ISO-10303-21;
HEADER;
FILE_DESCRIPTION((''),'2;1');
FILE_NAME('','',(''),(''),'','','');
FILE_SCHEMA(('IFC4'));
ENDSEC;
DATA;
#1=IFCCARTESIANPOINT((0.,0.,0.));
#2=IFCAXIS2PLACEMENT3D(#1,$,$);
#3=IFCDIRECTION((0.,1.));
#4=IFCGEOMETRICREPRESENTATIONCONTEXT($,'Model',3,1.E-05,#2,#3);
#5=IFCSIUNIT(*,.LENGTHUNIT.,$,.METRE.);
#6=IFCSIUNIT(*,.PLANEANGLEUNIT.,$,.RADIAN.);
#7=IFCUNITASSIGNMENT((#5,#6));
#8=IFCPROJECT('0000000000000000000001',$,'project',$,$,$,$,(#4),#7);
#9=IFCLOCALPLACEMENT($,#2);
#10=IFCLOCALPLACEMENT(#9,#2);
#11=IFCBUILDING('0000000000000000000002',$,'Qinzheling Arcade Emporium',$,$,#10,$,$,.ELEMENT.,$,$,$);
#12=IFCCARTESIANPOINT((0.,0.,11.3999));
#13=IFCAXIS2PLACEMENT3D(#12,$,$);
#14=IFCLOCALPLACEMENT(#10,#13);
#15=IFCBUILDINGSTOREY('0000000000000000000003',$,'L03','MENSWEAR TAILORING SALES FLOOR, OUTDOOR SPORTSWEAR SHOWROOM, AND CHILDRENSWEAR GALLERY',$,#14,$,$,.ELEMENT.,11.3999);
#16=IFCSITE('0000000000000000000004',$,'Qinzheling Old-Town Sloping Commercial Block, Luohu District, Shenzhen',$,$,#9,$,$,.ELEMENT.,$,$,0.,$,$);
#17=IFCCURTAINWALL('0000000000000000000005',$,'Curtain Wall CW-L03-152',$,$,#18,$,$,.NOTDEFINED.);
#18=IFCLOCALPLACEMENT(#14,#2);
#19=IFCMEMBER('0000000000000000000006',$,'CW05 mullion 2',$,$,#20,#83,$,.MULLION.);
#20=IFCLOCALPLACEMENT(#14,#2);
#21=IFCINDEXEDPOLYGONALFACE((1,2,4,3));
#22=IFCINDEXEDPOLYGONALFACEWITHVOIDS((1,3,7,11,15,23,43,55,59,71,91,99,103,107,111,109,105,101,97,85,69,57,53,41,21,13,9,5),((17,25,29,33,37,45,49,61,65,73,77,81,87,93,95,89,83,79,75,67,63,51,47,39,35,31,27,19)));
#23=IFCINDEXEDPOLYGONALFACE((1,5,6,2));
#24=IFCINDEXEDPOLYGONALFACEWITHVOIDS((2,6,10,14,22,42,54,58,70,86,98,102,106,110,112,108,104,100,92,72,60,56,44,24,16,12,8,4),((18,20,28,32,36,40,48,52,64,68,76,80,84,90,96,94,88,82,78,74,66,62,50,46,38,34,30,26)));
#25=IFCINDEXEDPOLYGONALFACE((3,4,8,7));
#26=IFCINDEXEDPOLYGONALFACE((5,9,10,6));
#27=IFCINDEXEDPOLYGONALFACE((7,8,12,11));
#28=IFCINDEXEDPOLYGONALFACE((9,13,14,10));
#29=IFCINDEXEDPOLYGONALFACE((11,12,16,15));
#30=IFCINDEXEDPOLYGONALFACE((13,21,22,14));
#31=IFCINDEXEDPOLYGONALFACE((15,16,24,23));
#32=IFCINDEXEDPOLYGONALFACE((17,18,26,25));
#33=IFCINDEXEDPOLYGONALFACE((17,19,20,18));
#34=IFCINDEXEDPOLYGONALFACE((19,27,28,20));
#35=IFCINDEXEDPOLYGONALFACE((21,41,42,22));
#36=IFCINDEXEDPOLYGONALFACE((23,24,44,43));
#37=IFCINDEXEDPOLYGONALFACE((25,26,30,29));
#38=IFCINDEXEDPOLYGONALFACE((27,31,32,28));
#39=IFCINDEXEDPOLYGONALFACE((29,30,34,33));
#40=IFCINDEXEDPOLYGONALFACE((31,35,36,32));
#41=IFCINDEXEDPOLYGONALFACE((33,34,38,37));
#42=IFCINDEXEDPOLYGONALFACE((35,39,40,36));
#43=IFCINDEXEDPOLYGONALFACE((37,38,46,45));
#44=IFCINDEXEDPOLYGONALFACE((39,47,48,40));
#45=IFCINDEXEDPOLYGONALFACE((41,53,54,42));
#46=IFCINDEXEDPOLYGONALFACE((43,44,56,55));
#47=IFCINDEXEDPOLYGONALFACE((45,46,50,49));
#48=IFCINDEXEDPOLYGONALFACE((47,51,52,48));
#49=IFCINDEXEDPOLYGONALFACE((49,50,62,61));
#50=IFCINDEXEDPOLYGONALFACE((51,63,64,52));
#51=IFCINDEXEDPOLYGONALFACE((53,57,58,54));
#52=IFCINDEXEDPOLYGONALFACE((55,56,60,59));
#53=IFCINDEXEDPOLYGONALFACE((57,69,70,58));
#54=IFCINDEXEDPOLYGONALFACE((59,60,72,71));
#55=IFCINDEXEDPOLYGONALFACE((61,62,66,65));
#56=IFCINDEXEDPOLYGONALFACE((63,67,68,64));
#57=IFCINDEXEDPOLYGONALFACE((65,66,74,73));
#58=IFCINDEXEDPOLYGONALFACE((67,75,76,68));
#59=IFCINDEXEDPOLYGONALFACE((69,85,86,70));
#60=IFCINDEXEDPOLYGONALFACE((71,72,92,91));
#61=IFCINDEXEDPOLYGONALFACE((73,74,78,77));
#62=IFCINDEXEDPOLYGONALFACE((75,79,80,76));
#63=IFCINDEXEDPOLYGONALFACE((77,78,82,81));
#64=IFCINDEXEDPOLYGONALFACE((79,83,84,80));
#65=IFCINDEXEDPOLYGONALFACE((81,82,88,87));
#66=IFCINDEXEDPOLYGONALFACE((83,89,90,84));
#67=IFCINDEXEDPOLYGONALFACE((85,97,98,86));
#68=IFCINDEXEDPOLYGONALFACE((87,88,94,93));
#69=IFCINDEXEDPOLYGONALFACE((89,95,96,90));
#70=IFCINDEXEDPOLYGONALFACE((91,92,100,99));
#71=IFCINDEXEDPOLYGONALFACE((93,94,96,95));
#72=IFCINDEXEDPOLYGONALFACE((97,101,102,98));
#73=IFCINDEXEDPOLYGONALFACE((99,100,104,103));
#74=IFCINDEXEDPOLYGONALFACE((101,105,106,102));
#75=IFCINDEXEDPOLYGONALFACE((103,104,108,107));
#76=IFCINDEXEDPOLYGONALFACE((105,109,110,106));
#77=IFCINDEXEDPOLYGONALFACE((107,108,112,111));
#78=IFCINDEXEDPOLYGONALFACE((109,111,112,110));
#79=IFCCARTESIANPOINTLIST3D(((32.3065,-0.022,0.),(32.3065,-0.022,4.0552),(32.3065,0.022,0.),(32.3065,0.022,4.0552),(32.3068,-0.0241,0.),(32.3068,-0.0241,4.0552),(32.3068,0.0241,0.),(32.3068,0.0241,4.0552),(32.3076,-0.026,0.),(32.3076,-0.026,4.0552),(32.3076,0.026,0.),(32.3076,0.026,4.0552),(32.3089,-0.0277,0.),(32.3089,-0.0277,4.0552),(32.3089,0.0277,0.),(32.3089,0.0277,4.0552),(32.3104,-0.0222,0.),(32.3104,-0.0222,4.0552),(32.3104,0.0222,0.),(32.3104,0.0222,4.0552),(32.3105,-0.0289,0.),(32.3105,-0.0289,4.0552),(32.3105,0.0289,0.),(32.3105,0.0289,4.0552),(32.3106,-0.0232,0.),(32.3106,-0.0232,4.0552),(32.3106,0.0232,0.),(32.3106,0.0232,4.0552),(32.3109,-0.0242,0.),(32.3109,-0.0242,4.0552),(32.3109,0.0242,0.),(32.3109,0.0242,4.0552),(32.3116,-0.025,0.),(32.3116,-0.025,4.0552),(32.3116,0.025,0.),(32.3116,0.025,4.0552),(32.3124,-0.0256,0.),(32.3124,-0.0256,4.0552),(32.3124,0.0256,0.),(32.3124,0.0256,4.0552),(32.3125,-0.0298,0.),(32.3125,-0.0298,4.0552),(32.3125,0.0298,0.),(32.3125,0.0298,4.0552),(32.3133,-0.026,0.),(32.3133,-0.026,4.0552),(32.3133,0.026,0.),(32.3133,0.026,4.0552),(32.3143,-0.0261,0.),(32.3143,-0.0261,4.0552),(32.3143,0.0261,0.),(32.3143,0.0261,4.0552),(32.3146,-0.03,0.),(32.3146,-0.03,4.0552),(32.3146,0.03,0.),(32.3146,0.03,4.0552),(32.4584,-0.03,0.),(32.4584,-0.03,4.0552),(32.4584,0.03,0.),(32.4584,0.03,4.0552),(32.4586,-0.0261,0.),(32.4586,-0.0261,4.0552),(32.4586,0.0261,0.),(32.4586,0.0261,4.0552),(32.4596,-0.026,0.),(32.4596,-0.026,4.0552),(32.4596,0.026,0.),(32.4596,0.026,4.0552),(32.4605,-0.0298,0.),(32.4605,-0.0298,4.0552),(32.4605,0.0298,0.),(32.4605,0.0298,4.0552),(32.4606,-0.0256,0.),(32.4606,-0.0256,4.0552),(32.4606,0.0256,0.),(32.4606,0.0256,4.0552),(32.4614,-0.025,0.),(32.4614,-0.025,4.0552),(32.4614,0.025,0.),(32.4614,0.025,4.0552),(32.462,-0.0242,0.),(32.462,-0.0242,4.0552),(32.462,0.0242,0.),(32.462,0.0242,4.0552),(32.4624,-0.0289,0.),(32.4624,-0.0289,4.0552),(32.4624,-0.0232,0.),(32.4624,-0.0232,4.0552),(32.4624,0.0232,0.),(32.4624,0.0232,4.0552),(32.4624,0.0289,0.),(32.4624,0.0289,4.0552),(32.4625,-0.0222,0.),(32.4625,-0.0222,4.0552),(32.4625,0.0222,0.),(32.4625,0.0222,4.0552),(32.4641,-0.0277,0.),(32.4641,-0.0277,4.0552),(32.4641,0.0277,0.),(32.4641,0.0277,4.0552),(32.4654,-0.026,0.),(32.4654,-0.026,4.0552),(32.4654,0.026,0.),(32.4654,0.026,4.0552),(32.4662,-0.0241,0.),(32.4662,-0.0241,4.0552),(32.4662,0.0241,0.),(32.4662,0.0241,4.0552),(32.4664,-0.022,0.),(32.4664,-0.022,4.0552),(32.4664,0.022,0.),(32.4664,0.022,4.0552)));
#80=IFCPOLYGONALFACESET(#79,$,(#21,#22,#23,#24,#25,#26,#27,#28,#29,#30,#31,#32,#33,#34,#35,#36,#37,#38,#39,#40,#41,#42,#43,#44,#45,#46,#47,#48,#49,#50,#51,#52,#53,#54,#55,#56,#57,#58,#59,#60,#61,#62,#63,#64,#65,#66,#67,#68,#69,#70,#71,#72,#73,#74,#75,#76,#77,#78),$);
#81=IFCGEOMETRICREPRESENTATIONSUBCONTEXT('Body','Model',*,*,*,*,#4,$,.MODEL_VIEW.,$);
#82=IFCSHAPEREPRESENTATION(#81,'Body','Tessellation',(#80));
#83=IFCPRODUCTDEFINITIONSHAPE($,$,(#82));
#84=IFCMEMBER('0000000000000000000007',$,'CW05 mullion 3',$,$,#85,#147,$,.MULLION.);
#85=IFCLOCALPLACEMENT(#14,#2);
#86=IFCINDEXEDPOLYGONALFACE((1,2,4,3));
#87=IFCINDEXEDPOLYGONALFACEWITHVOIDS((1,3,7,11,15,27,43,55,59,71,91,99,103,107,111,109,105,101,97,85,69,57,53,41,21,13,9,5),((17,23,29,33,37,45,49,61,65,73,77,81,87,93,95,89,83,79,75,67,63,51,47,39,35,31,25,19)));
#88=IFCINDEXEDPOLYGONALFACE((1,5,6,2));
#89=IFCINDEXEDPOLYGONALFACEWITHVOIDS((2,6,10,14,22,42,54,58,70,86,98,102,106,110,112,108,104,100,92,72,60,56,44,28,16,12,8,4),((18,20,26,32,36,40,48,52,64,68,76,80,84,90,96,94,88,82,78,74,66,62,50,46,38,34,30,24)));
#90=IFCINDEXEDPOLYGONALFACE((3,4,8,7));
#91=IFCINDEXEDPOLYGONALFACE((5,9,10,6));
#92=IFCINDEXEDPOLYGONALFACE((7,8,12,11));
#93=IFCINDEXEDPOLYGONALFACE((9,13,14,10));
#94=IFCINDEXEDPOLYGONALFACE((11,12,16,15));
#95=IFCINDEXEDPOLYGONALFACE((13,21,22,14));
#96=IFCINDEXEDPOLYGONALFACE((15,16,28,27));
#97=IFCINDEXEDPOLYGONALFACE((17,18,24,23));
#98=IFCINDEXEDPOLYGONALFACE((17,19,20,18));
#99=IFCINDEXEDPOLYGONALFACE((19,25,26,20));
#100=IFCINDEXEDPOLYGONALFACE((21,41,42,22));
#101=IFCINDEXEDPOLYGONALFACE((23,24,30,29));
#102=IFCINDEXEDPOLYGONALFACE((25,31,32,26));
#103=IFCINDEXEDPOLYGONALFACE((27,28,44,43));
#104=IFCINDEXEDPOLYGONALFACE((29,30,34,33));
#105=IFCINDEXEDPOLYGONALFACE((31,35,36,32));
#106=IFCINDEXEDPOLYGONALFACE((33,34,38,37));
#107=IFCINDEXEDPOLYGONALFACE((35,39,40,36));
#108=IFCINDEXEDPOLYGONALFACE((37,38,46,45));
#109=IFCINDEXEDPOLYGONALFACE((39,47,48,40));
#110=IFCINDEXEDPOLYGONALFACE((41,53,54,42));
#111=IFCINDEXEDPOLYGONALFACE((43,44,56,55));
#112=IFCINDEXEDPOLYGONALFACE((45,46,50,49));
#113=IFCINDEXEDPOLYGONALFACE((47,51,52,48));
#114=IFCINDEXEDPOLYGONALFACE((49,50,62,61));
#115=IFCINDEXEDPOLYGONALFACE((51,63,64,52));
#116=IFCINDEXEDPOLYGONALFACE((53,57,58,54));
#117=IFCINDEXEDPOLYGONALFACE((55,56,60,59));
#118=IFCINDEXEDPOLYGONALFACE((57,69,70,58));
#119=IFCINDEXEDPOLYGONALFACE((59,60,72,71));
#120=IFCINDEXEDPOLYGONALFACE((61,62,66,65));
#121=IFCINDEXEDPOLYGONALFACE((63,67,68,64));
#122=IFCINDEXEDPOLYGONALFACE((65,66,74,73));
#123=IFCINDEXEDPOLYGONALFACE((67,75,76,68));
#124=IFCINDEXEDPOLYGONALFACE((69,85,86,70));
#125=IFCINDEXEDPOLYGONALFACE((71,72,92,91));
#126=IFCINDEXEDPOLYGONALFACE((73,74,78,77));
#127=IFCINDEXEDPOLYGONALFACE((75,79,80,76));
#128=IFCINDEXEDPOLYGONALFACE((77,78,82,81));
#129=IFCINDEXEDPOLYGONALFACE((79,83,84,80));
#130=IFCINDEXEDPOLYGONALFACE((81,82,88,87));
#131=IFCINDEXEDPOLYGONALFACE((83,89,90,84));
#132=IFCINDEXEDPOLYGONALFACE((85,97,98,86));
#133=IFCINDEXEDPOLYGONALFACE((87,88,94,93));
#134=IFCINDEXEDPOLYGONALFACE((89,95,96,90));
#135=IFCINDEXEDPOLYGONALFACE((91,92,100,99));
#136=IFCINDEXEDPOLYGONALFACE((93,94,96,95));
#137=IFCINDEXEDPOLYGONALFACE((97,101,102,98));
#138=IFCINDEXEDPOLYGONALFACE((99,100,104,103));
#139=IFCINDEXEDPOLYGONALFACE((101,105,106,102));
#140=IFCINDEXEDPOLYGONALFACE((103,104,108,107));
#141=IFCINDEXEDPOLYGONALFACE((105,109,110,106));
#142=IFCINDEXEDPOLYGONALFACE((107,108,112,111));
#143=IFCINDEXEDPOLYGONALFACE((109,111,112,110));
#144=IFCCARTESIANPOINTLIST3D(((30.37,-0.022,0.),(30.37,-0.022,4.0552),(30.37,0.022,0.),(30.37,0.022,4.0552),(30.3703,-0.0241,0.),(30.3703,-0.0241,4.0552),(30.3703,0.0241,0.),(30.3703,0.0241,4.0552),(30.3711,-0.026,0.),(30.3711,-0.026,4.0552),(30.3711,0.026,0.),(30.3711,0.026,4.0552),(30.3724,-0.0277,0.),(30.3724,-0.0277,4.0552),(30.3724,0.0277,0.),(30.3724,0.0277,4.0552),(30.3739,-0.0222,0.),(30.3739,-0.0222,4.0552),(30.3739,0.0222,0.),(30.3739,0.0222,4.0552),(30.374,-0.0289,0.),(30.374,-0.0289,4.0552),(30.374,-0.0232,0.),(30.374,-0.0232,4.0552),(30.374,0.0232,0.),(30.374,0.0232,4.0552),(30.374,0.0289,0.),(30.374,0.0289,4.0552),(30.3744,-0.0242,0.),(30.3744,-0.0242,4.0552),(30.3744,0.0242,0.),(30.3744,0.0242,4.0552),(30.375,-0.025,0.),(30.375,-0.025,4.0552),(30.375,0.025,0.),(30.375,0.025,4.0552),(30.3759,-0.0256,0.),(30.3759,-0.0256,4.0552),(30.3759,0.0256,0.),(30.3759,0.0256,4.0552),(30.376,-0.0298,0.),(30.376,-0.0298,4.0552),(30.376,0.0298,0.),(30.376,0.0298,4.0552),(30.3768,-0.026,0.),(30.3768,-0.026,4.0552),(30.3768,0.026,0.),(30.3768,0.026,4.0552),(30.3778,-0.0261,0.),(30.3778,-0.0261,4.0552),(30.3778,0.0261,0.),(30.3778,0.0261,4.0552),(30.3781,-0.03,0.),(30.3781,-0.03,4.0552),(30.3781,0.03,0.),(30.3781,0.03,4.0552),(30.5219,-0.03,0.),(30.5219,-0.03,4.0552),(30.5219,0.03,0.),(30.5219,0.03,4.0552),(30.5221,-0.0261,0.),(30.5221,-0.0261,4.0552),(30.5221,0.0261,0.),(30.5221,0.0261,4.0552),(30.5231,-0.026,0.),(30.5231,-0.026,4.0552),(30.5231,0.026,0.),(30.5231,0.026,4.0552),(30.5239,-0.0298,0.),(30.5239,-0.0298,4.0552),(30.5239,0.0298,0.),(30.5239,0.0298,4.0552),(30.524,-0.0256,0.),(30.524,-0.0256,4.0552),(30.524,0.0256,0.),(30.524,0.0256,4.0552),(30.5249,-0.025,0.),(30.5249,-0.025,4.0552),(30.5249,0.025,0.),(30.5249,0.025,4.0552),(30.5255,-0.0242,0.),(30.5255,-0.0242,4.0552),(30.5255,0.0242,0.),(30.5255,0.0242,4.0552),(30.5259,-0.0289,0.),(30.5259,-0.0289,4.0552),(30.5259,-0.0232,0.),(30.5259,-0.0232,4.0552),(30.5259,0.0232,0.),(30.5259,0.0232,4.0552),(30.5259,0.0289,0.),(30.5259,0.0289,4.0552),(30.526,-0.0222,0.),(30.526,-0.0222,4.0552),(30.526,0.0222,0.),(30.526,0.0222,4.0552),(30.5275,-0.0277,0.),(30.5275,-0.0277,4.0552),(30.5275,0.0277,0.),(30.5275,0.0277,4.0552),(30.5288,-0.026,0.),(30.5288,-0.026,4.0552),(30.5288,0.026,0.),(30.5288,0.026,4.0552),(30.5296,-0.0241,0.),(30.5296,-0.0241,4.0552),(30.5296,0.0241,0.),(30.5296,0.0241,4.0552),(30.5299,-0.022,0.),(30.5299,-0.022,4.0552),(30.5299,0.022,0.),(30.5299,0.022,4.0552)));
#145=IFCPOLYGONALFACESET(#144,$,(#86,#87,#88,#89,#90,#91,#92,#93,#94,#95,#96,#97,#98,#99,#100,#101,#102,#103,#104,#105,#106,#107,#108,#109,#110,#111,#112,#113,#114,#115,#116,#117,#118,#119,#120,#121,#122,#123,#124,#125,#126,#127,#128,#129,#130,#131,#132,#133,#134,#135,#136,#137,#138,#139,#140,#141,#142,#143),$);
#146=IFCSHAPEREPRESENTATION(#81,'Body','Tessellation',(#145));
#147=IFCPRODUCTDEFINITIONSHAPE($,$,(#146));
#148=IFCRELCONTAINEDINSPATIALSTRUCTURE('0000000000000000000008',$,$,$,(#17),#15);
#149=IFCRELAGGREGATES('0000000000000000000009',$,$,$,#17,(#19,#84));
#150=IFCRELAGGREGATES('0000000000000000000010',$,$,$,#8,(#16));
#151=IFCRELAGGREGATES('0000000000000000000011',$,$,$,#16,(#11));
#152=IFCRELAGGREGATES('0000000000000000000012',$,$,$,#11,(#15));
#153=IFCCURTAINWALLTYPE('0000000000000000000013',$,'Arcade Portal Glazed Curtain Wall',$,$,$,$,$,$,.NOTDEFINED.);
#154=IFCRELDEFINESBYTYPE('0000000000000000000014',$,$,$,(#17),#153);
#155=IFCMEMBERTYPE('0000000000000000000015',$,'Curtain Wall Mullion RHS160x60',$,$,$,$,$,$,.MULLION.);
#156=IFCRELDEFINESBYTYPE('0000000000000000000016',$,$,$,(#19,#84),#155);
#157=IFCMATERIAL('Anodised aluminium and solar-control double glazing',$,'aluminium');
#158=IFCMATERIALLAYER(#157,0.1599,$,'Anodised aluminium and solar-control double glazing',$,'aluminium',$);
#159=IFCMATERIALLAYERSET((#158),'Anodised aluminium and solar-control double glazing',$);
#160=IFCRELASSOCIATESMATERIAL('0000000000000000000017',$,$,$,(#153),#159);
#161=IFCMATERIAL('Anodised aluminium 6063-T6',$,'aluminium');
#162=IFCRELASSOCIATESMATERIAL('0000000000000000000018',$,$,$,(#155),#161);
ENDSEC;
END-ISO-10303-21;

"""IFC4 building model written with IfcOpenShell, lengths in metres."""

from ifc_helpers import new_model, si_unit, direction, frame, origin, origin_2d, place, context, subcontext, project, spatial, hollow_rectangle, extrude, material, layer, layer_set, material_profile, profile_set, type_object, element, aggregate, save


model = new_model("IFC4")

# Units and contexts
model_context = context("Model", 3, precision=1e-05, world=origin(), true_north=direction((0.0, 1.0)))
body_context = subcontext(model_context, "Body", "Model", "MODEL_VIEW")
ifc_project = project(units=[si_unit("LENGTHUNIT", "METRE"), si_unit("PLANEANGLEUNIT", "RADIAN")], contexts=[model_context])

# Site, building, storey
site_placement = place(None, origin())
site = spatial("IfcSite", under=ifc_project, at=site_placement, Name="Qinzheling Old-Town Sloping Commercial Block, Luohu District, Shenzhen", CompositionType="ELEMENT", RefElevation=0.0)
building_placement = place(site_placement, origin())
building = spatial("IfcBuilding", under=site, at=building_placement, Name="Qinzheling Arcade Emporium", CompositionType="ELEMENT")
storey_placement = place(building_placement, frame((0.0, 0.0, 11.3999)))
storey = spatial("IfcBuildingStorey", under=building, at=storey_placement, Name="L03", Description="MENSWEAR TAILORING SALES FLOOR, OUTDOOR SPORTSWEAR SHOWROOM, AND CHILDRENSWEAR GALLERY", CompositionType="ELEMENT", Elevation=11.3999)

# Curtain wall, members
ifc_material_1 = material(Name="Anodised aluminium and solar-control double glazing", Category="aluminium")
ifc_layer_1 = layer(ifc_material_1, 0.1599, Name="Anodised aluminium and solar-control double glazing", Category="aluminium")
ifc_layer_set_1 = layer_set([ifc_layer_1], Name="Anodised aluminium and solar-control double glazing")
curtain_wall_type = type_object("IfcCurtainWallType", Name="Arcade Portal Glazed Curtain Wall", PredefinedType="NOTDEFINED", material=ifc_layer_set_1)
curtain_wall_placement = place(storey_placement, origin())
curtain_wall = element("IfcCurtainWall", 1, at=curtain_wall_placement, inside=storey, type_object=curtain_wall_type, Name="Curtain Wall CW-L03-152", PredefinedType="NOTDEFINED")
ifc_material_2 = material(Name="Anodised aluminium 6063-T6", Category="aluminium")
ifc_material_profile_1 = material_profile(ifc_material_2, hollow_rectangle(XDim=0.0601, YDim=0.1599, WallThickness=0.0039, InnerFilletRadius=0.0039, OuterFilletRadius=0.0081, at=origin_2d()), Name="RHS 160x60x4", Category="aluminium")
ifc_profile_set_1 = profile_set([ifc_material_profile_1], Name="Anodised aluminium 6063-T6")
member_type_1 = type_object("IfcMemberType", Name="Curtain Wall Mullion RHS160x60", PredefinedType="MULLION", material=ifc_profile_set_1)
member_1_placement = place(storey_placement, frame((32.3865, 0.0, 0.0), z_axis=(0.0, 0.0, 1.0), x_axis=(0.0, -1.0, 0.0)))
member_1 = element("IfcMember", 2, at=member_1_placement, type_object=member_type_1, Name="CW05 mullion 2", PredefinedType="MULLION", context=body_context, shape_type="SweptSolid", body=[
    extrude(hollow_rectangle(XDim=0.0601, YDim=0.1599, WallThickness=0.0039, InnerFilletRadius=0.0039, OuterFilletRadius=0.0081, at=origin_2d()), origin(), (0.0, 0.0, 1.0), 4.0552),
])
member_2_placement = place(storey_placement, frame((30.45, 0.0, 0.0), z_axis=(0.0, 0.0, 1.0), x_axis=(0.0, -1.0, 0.0)))
member_2 = element("IfcMember", 3, at=member_2_placement, type_object=member_type_1, Name="CW05 mullion 3", PredefinedType="MULLION", context=body_context, shape_type="SweptSolid", body=[
    extrude(hollow_rectangle(XDim=0.0601, YDim=0.1599, WallThickness=0.0039, InnerFilletRadius=0.0039, OuterFilletRadius=0.0081, at=origin_2d()), origin(), (0.0, 0.0, 1.0), 4.0552),
])

aggregate(curtain_wall, [member_1, member_2])

save(model, "model.ifc")
